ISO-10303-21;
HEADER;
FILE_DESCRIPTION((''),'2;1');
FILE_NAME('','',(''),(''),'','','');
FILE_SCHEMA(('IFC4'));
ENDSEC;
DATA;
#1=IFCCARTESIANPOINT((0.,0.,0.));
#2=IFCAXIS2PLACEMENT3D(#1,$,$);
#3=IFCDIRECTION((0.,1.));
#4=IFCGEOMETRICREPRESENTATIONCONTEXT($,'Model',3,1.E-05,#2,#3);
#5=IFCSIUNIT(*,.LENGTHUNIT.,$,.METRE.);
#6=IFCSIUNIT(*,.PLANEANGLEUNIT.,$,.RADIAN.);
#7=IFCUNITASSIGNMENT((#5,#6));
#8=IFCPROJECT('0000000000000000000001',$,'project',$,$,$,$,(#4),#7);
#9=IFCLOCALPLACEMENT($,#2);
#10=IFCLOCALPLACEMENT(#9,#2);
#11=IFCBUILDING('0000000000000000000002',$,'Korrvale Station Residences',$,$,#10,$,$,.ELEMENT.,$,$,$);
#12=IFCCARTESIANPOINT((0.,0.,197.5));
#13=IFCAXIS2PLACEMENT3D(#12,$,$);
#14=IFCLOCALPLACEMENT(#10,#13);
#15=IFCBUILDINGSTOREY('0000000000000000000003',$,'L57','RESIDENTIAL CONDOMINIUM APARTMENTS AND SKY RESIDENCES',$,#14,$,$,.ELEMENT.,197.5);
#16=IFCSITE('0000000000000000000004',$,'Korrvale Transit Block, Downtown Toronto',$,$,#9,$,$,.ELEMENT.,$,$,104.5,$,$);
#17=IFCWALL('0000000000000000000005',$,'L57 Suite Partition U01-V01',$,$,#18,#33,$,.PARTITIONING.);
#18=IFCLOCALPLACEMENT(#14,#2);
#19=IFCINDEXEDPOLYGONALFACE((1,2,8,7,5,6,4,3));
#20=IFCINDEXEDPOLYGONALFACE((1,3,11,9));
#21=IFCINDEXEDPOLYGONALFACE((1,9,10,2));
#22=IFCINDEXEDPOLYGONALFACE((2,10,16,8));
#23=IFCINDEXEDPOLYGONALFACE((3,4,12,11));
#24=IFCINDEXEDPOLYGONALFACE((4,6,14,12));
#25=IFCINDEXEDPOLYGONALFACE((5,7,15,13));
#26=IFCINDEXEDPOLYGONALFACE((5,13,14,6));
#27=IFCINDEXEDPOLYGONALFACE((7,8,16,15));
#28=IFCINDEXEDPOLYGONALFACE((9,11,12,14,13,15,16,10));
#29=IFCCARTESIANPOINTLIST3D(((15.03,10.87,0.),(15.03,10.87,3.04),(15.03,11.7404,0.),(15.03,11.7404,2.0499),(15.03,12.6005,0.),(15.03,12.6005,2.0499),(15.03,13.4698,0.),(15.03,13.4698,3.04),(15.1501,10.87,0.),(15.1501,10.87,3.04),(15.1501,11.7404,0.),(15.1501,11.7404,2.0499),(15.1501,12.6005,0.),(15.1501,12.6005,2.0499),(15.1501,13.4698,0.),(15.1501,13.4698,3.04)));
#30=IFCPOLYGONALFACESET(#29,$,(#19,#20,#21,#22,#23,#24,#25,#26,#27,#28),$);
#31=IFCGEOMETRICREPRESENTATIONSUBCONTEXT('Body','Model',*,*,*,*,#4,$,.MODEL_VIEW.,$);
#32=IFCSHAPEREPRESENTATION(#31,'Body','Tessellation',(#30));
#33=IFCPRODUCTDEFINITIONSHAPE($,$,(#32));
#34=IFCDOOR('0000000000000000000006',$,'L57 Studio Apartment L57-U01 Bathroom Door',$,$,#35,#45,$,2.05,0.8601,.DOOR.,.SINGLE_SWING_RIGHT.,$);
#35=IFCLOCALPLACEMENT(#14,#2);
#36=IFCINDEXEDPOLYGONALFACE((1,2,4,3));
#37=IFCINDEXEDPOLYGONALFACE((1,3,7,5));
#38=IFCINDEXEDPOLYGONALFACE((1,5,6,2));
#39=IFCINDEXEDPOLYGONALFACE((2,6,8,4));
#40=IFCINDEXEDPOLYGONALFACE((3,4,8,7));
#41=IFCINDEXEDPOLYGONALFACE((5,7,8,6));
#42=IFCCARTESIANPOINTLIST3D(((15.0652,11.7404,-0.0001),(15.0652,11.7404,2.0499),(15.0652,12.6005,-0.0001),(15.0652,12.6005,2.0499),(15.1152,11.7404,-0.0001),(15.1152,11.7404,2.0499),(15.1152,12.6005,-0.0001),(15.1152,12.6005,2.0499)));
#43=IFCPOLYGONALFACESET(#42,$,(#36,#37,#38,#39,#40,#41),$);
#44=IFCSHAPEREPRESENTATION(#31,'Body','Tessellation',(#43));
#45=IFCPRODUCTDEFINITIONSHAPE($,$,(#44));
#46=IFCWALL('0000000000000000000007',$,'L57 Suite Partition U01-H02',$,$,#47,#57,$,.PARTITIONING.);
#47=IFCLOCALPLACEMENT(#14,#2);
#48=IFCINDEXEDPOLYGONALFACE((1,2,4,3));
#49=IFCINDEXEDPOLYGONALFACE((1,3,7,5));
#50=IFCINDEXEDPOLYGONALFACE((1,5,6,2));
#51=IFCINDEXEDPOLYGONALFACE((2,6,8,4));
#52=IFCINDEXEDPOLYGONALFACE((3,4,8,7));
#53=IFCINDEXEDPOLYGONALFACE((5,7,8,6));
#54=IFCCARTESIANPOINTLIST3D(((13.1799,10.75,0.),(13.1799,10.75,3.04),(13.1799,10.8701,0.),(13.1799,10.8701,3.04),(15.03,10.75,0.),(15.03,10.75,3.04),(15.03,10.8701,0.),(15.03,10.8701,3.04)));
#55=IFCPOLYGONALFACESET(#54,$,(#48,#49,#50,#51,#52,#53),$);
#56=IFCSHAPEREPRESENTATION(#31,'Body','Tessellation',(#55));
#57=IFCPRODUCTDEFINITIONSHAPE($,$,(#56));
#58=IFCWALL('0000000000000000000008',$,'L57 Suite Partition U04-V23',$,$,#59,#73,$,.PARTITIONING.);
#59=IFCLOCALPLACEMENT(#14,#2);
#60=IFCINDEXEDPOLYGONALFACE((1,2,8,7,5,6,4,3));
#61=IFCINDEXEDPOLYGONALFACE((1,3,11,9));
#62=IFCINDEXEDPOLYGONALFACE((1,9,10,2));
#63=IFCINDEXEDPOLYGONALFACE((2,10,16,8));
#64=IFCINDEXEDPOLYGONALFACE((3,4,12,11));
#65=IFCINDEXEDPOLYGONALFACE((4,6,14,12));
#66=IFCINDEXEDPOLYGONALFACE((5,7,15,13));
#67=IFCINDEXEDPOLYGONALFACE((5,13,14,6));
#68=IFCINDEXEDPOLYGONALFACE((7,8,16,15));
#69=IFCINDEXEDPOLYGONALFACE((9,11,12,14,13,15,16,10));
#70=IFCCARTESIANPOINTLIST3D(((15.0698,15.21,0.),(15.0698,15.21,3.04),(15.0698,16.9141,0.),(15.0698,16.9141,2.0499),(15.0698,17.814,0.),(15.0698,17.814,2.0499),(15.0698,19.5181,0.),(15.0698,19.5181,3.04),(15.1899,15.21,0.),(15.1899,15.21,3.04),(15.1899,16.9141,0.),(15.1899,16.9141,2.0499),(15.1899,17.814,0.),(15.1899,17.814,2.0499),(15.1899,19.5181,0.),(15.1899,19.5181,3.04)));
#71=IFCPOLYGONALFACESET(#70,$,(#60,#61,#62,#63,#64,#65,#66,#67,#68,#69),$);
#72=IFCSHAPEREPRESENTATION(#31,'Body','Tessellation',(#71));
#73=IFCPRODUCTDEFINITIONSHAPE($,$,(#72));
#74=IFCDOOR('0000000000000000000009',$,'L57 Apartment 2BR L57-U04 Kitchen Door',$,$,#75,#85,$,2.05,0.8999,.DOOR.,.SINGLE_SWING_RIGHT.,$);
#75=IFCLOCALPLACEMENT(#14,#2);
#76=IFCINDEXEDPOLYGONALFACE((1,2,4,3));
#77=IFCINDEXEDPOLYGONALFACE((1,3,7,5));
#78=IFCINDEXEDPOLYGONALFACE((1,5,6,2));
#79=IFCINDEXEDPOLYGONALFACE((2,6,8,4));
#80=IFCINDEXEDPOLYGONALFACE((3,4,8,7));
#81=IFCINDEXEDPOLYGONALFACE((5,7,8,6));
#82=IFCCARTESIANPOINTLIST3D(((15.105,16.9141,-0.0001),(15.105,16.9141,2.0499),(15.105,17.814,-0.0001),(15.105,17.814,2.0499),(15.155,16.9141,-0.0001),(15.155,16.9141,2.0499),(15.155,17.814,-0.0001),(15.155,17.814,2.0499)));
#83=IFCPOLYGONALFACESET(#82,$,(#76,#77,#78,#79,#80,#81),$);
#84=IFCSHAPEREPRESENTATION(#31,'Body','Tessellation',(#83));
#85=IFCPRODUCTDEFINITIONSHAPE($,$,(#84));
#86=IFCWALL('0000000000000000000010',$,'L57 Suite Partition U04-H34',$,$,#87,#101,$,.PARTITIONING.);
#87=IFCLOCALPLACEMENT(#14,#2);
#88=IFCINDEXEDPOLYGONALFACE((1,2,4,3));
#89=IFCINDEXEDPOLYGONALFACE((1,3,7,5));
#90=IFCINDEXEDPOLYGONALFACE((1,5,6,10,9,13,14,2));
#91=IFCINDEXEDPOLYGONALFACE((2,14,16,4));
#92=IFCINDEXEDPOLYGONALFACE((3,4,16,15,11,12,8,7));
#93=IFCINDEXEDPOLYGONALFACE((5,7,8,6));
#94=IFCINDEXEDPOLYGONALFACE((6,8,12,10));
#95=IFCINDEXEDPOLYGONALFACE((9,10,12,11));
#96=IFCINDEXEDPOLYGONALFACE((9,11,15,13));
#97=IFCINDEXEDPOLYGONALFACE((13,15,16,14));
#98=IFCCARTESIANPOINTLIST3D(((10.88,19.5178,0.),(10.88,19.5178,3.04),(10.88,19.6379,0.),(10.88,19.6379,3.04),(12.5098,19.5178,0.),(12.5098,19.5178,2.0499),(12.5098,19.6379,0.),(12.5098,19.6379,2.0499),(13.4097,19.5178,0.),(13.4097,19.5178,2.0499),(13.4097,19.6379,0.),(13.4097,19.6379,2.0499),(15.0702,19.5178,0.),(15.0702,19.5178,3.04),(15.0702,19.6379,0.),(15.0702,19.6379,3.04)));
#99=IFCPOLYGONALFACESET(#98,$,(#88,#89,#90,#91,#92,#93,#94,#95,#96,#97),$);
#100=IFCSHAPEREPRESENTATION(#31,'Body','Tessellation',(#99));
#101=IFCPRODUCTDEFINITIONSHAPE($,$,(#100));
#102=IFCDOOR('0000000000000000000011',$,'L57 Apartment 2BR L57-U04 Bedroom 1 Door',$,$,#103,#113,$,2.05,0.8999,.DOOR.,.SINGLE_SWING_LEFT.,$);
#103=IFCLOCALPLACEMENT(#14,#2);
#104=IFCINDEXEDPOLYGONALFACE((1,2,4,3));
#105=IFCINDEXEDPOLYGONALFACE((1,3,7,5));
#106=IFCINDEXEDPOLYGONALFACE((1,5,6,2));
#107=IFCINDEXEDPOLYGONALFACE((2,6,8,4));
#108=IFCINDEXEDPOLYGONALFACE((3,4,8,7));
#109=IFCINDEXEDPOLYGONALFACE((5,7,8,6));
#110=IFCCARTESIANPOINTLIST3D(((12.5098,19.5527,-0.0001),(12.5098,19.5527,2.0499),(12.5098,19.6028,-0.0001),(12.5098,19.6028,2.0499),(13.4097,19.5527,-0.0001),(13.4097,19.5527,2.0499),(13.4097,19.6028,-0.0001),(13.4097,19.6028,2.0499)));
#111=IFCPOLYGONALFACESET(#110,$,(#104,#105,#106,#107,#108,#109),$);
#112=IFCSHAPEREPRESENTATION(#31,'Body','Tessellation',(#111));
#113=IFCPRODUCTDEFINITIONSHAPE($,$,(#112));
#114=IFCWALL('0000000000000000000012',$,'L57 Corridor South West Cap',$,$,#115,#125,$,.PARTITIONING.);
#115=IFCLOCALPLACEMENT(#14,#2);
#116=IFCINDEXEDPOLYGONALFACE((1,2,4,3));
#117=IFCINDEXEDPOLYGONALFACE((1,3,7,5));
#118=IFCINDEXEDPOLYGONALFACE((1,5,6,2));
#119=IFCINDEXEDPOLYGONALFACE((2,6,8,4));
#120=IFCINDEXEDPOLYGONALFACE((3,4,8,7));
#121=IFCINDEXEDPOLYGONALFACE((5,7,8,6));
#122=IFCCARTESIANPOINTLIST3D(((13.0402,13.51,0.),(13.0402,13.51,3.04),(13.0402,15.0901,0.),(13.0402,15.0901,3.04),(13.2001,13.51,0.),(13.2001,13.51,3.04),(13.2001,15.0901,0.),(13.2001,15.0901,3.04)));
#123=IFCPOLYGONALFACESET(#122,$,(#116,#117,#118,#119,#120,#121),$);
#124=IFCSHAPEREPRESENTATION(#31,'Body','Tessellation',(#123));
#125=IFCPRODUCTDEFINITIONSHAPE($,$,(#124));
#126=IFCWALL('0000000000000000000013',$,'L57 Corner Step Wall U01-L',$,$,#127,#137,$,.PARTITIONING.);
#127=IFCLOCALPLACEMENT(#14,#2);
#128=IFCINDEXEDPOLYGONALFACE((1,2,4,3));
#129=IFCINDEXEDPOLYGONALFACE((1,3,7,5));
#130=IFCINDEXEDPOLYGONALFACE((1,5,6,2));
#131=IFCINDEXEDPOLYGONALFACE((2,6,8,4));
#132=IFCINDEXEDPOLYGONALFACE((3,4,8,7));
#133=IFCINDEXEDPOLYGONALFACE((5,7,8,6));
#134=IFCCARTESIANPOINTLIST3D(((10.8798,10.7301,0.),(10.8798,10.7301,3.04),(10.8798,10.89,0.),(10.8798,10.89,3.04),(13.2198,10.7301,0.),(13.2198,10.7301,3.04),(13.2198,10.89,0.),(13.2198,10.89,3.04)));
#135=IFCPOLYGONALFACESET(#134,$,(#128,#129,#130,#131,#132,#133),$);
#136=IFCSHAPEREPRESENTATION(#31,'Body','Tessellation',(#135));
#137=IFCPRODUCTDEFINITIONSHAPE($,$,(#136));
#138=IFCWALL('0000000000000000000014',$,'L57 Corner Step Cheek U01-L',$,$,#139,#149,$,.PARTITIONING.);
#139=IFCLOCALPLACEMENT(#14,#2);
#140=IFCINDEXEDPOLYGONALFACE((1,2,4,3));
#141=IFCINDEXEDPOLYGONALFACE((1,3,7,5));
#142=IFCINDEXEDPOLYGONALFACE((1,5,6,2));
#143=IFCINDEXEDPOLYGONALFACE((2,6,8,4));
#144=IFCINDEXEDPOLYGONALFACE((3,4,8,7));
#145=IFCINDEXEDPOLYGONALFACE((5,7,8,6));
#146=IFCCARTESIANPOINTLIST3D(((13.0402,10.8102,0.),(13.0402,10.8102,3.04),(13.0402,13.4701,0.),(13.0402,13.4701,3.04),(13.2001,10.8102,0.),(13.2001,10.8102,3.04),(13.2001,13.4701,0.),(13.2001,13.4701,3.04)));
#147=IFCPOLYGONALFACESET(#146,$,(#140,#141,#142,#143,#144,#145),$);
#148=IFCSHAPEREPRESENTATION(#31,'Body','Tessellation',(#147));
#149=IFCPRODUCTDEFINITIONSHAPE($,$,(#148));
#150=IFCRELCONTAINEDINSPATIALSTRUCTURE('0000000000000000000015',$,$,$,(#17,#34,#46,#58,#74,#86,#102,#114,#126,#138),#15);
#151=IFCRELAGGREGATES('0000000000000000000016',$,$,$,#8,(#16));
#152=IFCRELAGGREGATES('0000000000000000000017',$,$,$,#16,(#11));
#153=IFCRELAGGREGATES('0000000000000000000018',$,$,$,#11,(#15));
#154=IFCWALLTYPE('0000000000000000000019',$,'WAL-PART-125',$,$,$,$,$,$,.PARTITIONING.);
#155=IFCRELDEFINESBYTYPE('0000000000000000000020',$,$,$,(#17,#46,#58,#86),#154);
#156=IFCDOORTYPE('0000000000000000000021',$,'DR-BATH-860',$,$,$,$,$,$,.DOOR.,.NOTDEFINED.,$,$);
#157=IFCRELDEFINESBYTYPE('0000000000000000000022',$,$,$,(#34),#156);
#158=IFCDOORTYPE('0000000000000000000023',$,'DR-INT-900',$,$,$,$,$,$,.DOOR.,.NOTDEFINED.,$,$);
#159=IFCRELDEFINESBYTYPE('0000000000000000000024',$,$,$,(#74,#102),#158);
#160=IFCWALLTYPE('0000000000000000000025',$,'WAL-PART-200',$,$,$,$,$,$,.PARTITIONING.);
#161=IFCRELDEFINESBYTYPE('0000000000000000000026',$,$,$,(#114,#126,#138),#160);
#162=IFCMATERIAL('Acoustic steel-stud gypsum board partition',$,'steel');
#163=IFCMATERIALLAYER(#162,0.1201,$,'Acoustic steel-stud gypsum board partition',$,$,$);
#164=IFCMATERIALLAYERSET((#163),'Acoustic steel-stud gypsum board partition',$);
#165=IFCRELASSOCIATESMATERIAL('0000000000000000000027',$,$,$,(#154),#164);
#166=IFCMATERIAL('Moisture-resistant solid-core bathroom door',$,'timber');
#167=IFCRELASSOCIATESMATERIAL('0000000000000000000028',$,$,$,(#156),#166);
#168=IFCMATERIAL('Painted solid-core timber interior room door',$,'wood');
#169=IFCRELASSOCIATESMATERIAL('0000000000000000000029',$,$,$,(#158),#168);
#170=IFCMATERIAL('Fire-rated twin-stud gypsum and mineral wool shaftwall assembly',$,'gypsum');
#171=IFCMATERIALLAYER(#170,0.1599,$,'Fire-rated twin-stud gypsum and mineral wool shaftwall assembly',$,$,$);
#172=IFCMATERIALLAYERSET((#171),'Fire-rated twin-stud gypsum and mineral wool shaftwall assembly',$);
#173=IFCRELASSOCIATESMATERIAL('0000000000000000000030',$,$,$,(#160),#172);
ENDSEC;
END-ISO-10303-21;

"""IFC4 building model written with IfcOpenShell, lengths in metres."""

from ifc_helpers import new_model, si_unit, direction, frame, frame_2d, origin, place, context, subcontext, project, spatial, rectangle, extrude, material, layer, layer_set, type_object, element, fill, save


model = new_model("IFC4")

# Units and contexts
model_context = context("Model", 3, precision=1e-05, world=origin(), true_north=direction((0.0, 1.0)))
body_context = subcontext(model_context, "Body", "Model", "MODEL_VIEW")
ifc_project = project(units=[si_unit("LENGTHUNIT", "METRE"), si_unit("PLANEANGLEUNIT", "RADIAN")], contexts=[model_context])

# Site, building, storey
site_placement = place(None, origin())
site = spatial("IfcSite", under=ifc_project, at=site_placement, Name="Korrvale Transit Block, Downtown Toronto", CompositionType="ELEMENT", RefElevation=104.5)
building_placement = place(site_placement, origin())
building = spatial("IfcBuilding", under=site, at=building_placement, Name="Korrvale Station Residences", CompositionType="ELEMENT")
storey_placement = place(building_placement, frame((0.0, 0.0, 197.5)))
storey = spatial("IfcBuildingStorey", under=building, at=storey_placement, Name="L57", Description="RESIDENTIAL CONDOMINIUM APARTMENTS AND SKY RESIDENCES", CompositionType="ELEMENT", Elevation=197.5)

# Wall, opening, door
ifc_material_1 = material(Name="Acoustic steel-stud gypsum board partition", Category="steel")
ifc_layer_1 = layer(ifc_material_1, 0.1201, Name="Acoustic steel-stud gypsum board partition")
ifc_layer_set_1 = layer_set([ifc_layer_1], Name="Acoustic steel-stud gypsum board partition")
wall_type_1 = type_object("IfcWallType", Name="WAL-PART-125", PredefinedType="PARTITIONING", material=ifc_layer_set_1)
wall_1_placement = place(storey_placement, frame((15.0901, 10.8701, 0.0), z_axis=(0.0, 0.0, 1.0), x_axis=(0.0, 1.0, 0.0)))
wall_1 = element("IfcWall", 1, at=wall_1_placement, inside=storey, type_object=wall_type_1, Name="L57 Suite Partition U01-V01", PredefinedType="PARTITIONING", context=body_context, shape_type="SweptSolid", body=[
    extrude(rectangle(XDim=2.5999, YDim=0.1201, at=frame_2d((1.2998, 0.0))), origin(), (0.0, 0.0, 1.0), 3.04),
])
opening_1_placement = place(wall_1_placement, frame((0.8701, 0.0, 0.0)))
opening_1 = element("IfcOpeningElement", 2, at=opening_1_placement, cuts=wall_1, PredefinedType="OPENING", context=body_context, shape_type="SweptSolid", body=[
    extrude(rectangle(XDim=0.8601, YDim=2.05, at=frame_2d((0.4302, 1.0249))), frame((0.0, 0.0701, 0.0), z_axis=(0.0, -1.0, 0.0), x_axis=(1.0, 0.0, 0.0)), (0.0, 0.0, 1.0), 0.1401),
])
ifc_material_2 = material(Name="Moisture-resistant solid-core bathroom door", Category="timber")
door_type_1 = type_object("IfcDoorType", Name="DR-BATH-860", OperationType="NOTDEFINED", PredefinedType="DOOR", material=ifc_material_2)
door_1_placement = place(opening_1_placement, origin())
door_1 = element("IfcDoor", 3, at=door_1_placement, inside=storey, type_object=door_type_1, Name="L57 Studio Apartment L57-U01 Bathroom Door", OperationType="SINGLE_SWING_RIGHT", OverallHeight=2.05, OverallWidth=0.8601, PredefinedType="DOOR", context=body_context, shape_type="SweptSolid", body=[
    extrude(rectangle(XDim=0.8601, YDim=2.05, at=frame_2d((0.4302, 1.0249))), frame((0.0, 0.0249, 0.0), z_axis=(0.0, -1.0, 0.0), x_axis=(1.0, 0.0, 0.0)), (0.0, 0.0, 1.0), 0.05),
])
fill(opening_1, door_1)

# Wall
wall_2_placement = place(storey_placement, frame((13.1799, 10.8101, 0.0), z_axis=(0.0, 0.0, 1.0), x_axis=(1.0, 0.0, 0.0)))
element("IfcWall", 4, at=wall_2_placement, inside=storey, type_object=wall_type_1, Name="L57 Suite Partition U01-H02", PredefinedType="PARTITIONING", context=body_context, shape_type="SweptSolid", body=[
    extrude(rectangle(XDim=1.8501, YDim=0.1201, at=frame_2d((0.925, 0.0))), origin(), (0.0, 0.0, 1.0), 3.04),
])

# Walls, openings, doors
wall_3_placement = place(storey_placement, frame((15.1299, 15.21, 0.0), z_axis=(0.0, 0.0, 1.0), x_axis=(0.0, 1.0, 0.0)))
wall_3 = element("IfcWall", 5, at=wall_3_placement, inside=storey, type_object=wall_type_1, Name="L57 Suite Partition U04-V23", PredefinedType="PARTITIONING", context=body_context, shape_type="SweptSolid", body=[
    extrude(rectangle(XDim=4.3081, YDim=0.1201, at=frame_2d((2.1541, 0.0))), origin(), (0.0, 0.0, 1.0), 3.04),
])
opening_2_placement = place(wall_3_placement, frame((1.7041, 0.0, 0.0)))
opening_2 = element("IfcOpeningElement", 6, at=opening_2_placement, cuts=wall_3, PredefinedType="OPENING", context=body_context, shape_type="SweptSolid", body=[
    extrude(rectangle(XDim=0.8999, YDim=2.05, at=frame_2d((0.45, 1.0249))), frame((0.0, 0.0701, 0.0), z_axis=(0.0, -1.0, 0.0), x_axis=(1.0, 0.0, 0.0)), (0.0, 0.0, 1.0), 0.1401),
])
ifc_material_3 = material(Name="Painted solid-core timber interior room door", Category="wood")
door_type_2 = type_object("IfcDoorType", Name="DR-INT-900", OperationType="NOTDEFINED", PredefinedType="DOOR", material=ifc_material_3)
door_2_placement = place(opening_2_placement, origin())
door_2 = element("IfcDoor", 7, at=door_2_placement, inside=storey, type_object=door_type_2, Name="L57 Apartment 2BR L57-U04 Kitchen Door", OperationType="SINGLE_SWING_RIGHT", OverallHeight=2.05, OverallWidth=0.8999, PredefinedType="DOOR", context=body_context, shape_type="SweptSolid", body=[
    extrude(rectangle(XDim=0.8999, YDim=2.05, at=frame_2d((0.45, 1.0249))), frame((0.0, 0.0249, 0.0), z_axis=(0.0, -1.0, 0.0), x_axis=(1.0, 0.0, 0.0)), (0.0, 0.0, 1.0), 0.05),
])
fill(opening_2, door_2)
wall_4_placement = place(storey_placement, frame((10.8799, 19.5779, 0.0), z_axis=(0.0, 0.0, 1.0), x_axis=(1.0, 0.0, 0.0)))
wall_4 = element("IfcWall", 8, at=wall_4_placement, inside=storey, type_object=wall_type_1, Name="L57 Suite Partition U04-H34", PredefinedType="PARTITIONING", context=body_context, shape_type="SweptSolid", body=[
    extrude(rectangle(XDim=4.1902, YDim=0.1201, at=frame_2d((2.0952, 0.0))), origin(), (0.0, 0.0, 1.0), 3.04),
])
opening_3_placement = place(wall_4_placement, frame((1.6299, 0.0, 0.0)))
opening_3 = element("IfcOpeningElement", 9, at=opening_3_placement, cuts=wall_4, PredefinedType="OPENING", context=body_context, shape_type="SweptSolid", body=[
    extrude(rectangle(XDim=0.8999, YDim=2.05, at=frame_2d((0.45, 1.0249))), frame((0.0, 0.0701, 0.0), z_axis=(0.0, -1.0, 0.0), x_axis=(1.0, 0.0, 0.0)), (0.0, 0.0, 1.0), 0.1401),
])
door_3_placement = place(opening_3_placement, origin())
door_3 = element("IfcDoor", 10, at=door_3_placement, inside=storey, type_object=door_type_2, Name="L57 Apartment 2BR L57-U04 Bedroom 1 Door", OperationType="SINGLE_SWING_LEFT", OverallHeight=2.05, OverallWidth=0.8999, PredefinedType="DOOR", context=body_context, shape_type="SweptSolid", body=[
    extrude(rectangle(XDim=0.8999, YDim=2.05, at=frame_2d((0.45, 1.0249))), frame((0.0, 0.0249, 0.0), z_axis=(0.0, -1.0, 0.0), x_axis=(1.0, 0.0, 0.0)), (0.0, 0.0, 1.0), 0.05),
])
fill(opening_3, door_3)

# Walls
ifc_material_4 = material(Name="Fire-rated twin-stud gypsum and mineral wool shaftwall assembly", Category="gypsum")
ifc_layer_2 = layer(ifc_material_4, 0.1599, Name="Fire-rated twin-stud gypsum and mineral wool shaftwall assembly")
ifc_layer_set_2 = layer_set([ifc_layer_2], Name="Fire-rated twin-stud gypsum and mineral wool shaftwall assembly")
wall_type_2 = type_object("IfcWallType", Name="WAL-PART-200", PredefinedType="PARTITIONING", material=ifc_layer_set_2)
wall_5_placement = place(storey_placement, frame((13.1201, 13.51, 0.0), z_axis=(0.0, 0.0, 1.0), x_axis=(0.0, 1.0, 0.0)))
element("IfcWall", 11, at=wall_5_placement, inside=storey, type_object=wall_type_2, Name="L57 Corridor South West Cap", PredefinedType="PARTITIONING", context=body_context, shape_type="SweptSolid", body=[
    extrude(rectangle(XDim=1.5801, YDim=0.1599, at=frame_2d((0.79, 0.0))), origin(), (0.0, 0.0, 1.0), 3.04),
])
wall_6_placement = place(storey_placement, frame((10.8799, 10.8101, 0.0), z_axis=(0.0, 0.0, 1.0), x_axis=(1.0, 0.0, 0.0)))
element("IfcWall", 12, at=wall_6_placement, inside=storey, type_object=wall_type_2, Name="L57 Corner Step Wall U01-L", PredefinedType="PARTITIONING", context=body_context, shape_type="SweptSolid", body=[
    extrude(rectangle(XDim=2.3401, YDim=0.1599, at=frame_2d((1.1699, 0.0))), origin(), (0.0, 0.0, 1.0), 3.04),
])
wall_7_placement = place(storey_placement, frame((13.1201, 10.8101, 0.0), z_axis=(0.0, 0.0, 1.0), x_axis=(0.0, 1.0, 0.0)))
element("IfcWall", 13, at=wall_7_placement, inside=storey, type_object=wall_type_2, Name="L57 Corner Step Cheek U01-L", PredefinedType="PARTITIONING", context=body_context, shape_type="SweptSolid", body=[
    extrude(rectangle(XDim=2.6599, YDim=0.1599, at=frame_2d((1.3301, 0.0))), origin(), (0.0, 0.0, 1.0), 3.04),
])

save(model, "model.ifc")
